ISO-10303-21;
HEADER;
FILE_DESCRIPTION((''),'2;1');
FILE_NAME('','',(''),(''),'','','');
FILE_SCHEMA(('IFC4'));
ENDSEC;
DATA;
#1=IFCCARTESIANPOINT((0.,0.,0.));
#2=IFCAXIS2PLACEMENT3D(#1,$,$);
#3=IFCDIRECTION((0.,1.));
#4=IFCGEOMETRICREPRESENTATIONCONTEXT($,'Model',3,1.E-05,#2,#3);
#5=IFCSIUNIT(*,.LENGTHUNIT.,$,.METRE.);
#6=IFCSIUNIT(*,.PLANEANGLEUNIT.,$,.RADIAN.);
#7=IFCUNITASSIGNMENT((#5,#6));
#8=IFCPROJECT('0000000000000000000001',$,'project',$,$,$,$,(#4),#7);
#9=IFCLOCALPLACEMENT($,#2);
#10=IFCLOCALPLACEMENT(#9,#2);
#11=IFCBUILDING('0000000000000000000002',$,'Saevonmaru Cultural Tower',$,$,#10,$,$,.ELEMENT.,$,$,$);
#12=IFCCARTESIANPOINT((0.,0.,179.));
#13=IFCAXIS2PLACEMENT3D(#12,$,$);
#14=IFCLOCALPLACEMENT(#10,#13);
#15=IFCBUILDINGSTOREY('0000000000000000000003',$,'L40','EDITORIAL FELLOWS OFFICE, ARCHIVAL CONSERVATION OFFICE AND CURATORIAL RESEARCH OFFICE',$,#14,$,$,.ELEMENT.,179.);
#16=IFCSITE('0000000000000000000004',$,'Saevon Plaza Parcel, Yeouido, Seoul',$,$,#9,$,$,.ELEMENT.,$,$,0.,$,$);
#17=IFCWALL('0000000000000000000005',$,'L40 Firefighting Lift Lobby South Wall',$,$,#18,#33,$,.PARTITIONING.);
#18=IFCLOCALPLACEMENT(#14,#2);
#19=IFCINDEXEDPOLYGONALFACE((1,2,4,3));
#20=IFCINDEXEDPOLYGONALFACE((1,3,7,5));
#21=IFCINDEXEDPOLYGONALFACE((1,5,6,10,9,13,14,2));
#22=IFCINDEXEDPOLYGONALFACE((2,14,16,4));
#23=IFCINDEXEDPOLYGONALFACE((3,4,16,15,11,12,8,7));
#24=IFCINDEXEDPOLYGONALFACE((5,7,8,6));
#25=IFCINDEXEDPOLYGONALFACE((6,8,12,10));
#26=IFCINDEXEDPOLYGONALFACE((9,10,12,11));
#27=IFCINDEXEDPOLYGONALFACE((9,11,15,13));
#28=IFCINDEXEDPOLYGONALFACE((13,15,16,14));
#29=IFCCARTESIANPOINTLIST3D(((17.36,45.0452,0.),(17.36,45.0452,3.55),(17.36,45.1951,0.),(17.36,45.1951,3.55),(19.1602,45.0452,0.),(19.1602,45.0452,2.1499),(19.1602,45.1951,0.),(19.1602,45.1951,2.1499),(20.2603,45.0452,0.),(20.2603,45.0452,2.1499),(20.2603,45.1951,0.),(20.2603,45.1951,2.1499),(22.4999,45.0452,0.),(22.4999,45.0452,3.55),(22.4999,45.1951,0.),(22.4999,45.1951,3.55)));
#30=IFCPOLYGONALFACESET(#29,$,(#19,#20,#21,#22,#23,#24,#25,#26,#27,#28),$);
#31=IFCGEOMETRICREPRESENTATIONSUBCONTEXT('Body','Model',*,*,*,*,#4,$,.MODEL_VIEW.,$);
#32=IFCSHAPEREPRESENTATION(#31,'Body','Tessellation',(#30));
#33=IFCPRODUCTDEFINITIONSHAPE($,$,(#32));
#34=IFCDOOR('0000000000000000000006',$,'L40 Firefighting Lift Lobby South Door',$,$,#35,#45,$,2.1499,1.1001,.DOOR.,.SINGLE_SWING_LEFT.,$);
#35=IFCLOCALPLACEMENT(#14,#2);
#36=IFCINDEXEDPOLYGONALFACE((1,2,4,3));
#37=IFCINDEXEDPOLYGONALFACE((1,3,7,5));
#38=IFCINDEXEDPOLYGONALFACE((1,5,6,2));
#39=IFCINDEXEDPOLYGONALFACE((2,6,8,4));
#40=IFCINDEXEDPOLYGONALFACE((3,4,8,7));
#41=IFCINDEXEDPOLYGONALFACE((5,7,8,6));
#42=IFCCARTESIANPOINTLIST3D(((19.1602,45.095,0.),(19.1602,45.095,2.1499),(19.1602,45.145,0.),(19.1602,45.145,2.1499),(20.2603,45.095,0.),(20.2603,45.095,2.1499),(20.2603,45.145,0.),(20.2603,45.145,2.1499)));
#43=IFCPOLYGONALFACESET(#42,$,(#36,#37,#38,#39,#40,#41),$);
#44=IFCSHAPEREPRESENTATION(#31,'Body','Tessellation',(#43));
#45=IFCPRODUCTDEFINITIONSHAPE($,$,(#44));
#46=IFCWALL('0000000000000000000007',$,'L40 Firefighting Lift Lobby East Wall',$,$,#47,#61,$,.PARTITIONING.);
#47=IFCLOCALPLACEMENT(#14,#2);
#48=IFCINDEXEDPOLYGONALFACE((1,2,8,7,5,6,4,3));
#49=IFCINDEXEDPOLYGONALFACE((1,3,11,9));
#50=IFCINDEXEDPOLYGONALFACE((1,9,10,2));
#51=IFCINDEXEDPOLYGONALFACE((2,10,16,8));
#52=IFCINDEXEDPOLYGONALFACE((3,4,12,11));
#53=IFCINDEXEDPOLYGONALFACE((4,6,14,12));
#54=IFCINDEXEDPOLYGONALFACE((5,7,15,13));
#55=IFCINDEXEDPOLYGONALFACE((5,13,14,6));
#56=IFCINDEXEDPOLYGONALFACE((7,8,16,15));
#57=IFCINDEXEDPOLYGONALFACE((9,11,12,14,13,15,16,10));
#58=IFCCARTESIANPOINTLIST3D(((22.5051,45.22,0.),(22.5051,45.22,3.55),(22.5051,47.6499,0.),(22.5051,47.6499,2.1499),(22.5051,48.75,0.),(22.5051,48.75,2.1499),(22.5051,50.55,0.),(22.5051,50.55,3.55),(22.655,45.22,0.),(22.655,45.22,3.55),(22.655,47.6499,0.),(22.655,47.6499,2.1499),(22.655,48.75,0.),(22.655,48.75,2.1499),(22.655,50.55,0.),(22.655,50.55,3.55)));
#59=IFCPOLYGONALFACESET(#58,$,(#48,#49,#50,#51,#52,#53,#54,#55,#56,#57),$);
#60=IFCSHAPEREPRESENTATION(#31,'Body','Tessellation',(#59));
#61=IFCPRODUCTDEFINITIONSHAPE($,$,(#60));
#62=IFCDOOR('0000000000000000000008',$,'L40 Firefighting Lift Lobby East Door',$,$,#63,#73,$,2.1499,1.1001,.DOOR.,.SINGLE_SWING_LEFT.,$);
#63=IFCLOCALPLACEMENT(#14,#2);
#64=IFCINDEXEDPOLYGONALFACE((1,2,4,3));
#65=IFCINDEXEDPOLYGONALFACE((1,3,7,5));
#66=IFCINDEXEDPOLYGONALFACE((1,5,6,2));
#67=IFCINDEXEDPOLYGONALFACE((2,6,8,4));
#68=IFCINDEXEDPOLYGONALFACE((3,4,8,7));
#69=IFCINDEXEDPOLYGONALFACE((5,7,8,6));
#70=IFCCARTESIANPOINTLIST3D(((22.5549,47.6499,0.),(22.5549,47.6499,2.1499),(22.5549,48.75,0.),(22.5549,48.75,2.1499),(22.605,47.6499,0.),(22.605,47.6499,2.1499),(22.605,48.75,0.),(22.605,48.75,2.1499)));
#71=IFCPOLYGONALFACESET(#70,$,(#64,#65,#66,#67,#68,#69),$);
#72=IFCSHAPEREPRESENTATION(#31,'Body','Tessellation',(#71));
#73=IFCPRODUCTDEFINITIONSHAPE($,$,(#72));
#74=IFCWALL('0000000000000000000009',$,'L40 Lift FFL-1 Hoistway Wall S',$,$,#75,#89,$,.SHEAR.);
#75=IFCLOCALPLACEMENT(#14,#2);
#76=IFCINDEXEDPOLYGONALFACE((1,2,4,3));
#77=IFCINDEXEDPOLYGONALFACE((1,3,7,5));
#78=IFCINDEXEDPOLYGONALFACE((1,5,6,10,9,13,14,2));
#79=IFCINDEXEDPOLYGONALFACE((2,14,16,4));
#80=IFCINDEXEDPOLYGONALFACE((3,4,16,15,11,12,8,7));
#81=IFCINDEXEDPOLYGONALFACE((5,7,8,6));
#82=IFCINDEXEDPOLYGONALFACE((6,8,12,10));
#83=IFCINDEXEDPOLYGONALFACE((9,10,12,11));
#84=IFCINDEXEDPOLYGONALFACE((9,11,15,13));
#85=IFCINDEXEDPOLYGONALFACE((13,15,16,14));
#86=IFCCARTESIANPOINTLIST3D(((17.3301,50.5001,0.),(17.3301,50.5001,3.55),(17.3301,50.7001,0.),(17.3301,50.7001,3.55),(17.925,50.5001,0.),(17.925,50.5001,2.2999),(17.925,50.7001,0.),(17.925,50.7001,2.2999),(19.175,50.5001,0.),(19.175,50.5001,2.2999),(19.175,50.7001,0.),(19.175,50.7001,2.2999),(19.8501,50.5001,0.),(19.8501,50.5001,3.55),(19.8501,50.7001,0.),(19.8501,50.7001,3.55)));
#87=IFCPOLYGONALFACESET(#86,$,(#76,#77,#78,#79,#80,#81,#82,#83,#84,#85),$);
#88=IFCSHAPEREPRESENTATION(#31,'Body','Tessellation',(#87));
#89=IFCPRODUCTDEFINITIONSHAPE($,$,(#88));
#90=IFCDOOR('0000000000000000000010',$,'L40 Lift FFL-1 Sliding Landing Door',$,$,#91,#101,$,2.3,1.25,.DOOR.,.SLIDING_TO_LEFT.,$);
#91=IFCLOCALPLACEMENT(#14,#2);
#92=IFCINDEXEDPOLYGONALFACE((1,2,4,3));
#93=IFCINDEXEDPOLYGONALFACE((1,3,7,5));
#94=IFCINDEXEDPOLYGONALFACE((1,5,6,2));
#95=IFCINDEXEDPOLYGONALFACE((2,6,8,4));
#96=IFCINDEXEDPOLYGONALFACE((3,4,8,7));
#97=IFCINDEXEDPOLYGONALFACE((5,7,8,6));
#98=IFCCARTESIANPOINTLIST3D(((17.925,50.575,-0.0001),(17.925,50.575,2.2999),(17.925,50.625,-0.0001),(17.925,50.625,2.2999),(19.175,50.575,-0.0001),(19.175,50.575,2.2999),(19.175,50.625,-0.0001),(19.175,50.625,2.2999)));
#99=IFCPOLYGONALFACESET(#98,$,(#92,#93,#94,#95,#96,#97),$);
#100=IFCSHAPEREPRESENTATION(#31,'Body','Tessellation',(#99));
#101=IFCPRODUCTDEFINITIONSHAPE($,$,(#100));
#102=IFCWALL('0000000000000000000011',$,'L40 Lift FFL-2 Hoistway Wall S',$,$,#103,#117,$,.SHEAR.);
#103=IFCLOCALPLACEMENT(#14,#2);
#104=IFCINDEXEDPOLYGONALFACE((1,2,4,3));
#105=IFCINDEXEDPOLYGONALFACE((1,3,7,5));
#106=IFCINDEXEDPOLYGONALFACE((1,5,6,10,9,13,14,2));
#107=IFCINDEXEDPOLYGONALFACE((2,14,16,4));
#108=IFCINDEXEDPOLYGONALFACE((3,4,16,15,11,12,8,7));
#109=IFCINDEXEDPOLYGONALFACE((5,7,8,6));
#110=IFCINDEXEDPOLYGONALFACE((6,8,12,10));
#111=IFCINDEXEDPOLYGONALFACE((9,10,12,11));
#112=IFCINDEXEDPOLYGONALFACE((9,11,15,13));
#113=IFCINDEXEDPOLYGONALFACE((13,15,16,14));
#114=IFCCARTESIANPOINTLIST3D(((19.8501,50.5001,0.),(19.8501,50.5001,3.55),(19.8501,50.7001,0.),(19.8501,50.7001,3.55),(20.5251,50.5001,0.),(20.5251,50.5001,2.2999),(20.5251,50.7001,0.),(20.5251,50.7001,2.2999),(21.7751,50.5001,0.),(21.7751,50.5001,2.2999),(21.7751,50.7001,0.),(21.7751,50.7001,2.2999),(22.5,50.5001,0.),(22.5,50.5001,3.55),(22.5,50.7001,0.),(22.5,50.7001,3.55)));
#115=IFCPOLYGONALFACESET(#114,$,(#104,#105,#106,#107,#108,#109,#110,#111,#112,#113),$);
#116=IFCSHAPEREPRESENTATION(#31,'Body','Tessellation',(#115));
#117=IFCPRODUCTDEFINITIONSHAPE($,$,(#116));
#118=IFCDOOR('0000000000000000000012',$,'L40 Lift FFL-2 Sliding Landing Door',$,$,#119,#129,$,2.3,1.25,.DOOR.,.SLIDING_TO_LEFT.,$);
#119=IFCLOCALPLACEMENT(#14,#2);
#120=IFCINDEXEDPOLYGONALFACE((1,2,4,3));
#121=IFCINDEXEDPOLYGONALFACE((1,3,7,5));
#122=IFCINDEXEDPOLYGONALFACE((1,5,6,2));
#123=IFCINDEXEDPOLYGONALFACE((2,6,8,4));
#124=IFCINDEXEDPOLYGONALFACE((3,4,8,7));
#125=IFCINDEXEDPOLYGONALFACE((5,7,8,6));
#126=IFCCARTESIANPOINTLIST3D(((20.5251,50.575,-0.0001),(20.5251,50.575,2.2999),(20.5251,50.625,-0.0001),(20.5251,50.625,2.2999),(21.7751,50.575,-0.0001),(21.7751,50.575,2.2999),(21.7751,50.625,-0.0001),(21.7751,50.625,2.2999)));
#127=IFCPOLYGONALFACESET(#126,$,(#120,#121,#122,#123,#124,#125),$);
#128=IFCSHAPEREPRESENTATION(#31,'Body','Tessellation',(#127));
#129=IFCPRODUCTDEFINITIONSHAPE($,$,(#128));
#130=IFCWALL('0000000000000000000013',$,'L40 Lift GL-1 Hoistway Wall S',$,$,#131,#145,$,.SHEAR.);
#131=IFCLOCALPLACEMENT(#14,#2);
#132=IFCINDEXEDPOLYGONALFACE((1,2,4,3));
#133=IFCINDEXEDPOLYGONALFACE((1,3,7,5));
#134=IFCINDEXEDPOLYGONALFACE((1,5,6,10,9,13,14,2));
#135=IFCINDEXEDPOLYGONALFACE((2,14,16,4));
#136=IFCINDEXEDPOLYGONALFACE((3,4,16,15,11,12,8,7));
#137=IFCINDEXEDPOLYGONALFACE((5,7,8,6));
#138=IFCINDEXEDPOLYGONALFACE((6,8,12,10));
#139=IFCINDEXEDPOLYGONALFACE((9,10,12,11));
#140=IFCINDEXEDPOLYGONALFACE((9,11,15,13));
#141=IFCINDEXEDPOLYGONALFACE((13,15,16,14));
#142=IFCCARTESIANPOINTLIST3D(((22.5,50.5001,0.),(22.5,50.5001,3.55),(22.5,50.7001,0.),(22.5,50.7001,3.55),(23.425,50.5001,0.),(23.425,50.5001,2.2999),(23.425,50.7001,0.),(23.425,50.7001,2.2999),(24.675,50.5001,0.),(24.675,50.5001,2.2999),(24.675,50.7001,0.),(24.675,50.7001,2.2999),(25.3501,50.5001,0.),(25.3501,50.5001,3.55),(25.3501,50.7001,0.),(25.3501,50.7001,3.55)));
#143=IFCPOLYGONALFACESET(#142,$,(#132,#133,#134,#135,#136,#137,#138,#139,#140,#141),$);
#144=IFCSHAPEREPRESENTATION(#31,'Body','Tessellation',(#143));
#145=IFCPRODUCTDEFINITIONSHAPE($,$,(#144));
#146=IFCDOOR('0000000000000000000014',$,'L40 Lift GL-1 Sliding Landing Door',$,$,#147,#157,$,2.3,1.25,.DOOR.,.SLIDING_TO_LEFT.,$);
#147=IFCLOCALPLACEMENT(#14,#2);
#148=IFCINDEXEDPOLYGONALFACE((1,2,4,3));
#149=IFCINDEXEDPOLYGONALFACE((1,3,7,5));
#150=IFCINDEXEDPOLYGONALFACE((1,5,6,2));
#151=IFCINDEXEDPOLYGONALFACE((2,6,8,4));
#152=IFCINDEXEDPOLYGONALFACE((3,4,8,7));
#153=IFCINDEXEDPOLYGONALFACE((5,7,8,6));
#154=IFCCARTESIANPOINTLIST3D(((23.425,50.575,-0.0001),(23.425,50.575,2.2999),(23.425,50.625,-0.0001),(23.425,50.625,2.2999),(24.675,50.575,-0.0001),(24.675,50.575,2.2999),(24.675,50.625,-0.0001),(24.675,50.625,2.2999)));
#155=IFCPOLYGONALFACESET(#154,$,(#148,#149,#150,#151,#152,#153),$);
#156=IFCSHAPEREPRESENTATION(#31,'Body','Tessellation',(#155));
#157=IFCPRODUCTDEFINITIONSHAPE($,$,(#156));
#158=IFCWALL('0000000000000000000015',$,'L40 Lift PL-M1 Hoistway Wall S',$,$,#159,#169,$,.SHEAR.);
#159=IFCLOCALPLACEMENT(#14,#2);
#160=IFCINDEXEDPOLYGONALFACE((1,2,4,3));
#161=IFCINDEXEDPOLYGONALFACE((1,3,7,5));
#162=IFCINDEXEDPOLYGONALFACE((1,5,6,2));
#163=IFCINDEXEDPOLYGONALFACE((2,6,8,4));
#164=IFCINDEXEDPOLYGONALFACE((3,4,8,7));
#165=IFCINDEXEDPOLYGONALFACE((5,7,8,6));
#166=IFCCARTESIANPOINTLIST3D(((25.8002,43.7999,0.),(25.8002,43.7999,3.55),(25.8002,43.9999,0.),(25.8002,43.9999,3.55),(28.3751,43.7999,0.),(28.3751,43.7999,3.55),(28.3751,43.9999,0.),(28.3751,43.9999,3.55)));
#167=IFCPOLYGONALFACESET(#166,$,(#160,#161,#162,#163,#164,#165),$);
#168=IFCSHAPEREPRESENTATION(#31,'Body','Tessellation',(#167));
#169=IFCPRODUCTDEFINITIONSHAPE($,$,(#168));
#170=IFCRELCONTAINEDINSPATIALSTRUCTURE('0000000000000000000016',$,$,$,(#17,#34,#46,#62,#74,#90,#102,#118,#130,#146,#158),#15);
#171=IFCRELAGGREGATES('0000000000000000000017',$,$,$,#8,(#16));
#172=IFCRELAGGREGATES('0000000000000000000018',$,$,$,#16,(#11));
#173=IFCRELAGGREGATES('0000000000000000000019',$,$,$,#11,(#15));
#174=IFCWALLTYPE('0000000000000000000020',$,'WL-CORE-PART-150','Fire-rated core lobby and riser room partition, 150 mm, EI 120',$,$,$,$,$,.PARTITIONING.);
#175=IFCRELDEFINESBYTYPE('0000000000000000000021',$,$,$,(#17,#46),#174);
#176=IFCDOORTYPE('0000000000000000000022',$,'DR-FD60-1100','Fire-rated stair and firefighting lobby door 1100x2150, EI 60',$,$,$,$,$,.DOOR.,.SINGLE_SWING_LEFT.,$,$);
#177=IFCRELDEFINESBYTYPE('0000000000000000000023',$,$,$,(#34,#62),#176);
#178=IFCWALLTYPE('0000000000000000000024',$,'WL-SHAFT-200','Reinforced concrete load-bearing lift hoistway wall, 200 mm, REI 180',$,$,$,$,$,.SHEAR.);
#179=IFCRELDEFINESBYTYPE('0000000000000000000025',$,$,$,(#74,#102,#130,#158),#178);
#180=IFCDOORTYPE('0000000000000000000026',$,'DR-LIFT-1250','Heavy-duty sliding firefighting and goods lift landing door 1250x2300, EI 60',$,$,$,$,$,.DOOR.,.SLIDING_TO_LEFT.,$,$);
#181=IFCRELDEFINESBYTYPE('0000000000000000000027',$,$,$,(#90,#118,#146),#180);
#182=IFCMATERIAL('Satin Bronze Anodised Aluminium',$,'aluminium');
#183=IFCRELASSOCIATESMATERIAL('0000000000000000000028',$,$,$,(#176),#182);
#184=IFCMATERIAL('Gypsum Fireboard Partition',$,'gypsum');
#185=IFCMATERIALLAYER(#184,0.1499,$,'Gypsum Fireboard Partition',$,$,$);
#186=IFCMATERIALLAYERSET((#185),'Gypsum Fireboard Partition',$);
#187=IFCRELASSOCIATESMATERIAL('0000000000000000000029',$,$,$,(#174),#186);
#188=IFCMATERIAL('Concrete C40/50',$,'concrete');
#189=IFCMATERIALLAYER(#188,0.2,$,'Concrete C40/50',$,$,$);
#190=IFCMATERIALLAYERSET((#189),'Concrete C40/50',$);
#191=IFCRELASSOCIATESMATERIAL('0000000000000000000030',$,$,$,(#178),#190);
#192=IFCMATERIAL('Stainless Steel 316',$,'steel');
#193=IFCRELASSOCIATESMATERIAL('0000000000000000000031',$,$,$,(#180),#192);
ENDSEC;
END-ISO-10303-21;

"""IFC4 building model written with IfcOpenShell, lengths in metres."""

from ifc_helpers import new_model, si_unit, direction, frame, frame_2d, origin, place, context, subcontext, project, spatial, rectangle, extrude, material, layer, layer_set, type_object, element, fill, save


model = new_model("IFC4")

# Units and contexts
model_context = context("Model", 3, precision=1e-05, world=origin(), true_north=direction((0.0, 1.0)))
body_context = subcontext(model_context, "Body", "Model", "MODEL_VIEW")
ifc_project = project(units=[si_unit("LENGTHUNIT", "METRE"), si_unit("PLANEANGLEUNIT", "RADIAN")], contexts=[model_context])

# Site, building, storey
site_placement = place(None, origin())
site = spatial("IfcSite", under=ifc_project, at=site_placement, Name="Saevon Plaza Parcel, Yeouido, Seoul", CompositionType="ELEMENT", RefElevation=0.0)
building_placement = place(site_placement, origin())
building = spatial("IfcBuilding", under=site, at=building_placement, Name="Saevonmaru Cultural Tower", CompositionType="ELEMENT")
storey_placement = place(building_placement, frame((0.0, 0.0, 179.0)))
storey = spatial("IfcBuildingStorey", under=building, at=storey_placement, Name="L40", Description="EDITORIAL FELLOWS OFFICE, ARCHIVAL CONSERVATION OFFICE AND CURATORIAL RESEARCH OFFICE", CompositionType="ELEMENT", Elevation=179.0)

# Shared definitions
ifc_material_1 = material(Name="Satin Bronze Anodised Aluminium", Category="aluminium")
door_type_1 = type_object("IfcDoorType", Name="DR-FD60-1100", Description="Fire-rated stair and firefighting lobby door 1100x2150, EI 60", OperationType="SINGLE_SWING_LEFT", PredefinedType="DOOR", material=ifc_material_1)

# Walls, openings, doors
ifc_material_2 = material(Name="Gypsum Fireboard Partition", Category="gypsum")
ifc_layer_1 = layer(ifc_material_2, 0.1499, Name="Gypsum Fireboard Partition")
ifc_layer_set_1 = layer_set([ifc_layer_1], Name="Gypsum Fireboard Partition")
wall_type_1 = type_object("IfcWallType", Name="WL-CORE-PART-150", Description="Fire-rated core lobby and riser room partition, 150 mm, EI 120", PredefinedType="PARTITIONING", material=ifc_layer_set_1)
wall_1_placement = place(storey_placement, frame((17.3601, 45.1201, 0.0), z_axis=(0.0, 0.0, 1.0), x_axis=(1.0, 0.0, 0.0)))
wall_1 = element("IfcWall", 1, at=wall_1_placement, inside=storey, type_object=wall_type_1, Name="L40 Firefighting Lift Lobby South Wall", PredefinedType="PARTITIONING", context=body_context, shape_type="SweptSolid", body=[
    extrude(rectangle(XDim=5.1399, YDim=0.1499, at=frame_2d((2.5698, 0.0))), origin(), (0.0, 0.0, 1.0), 3.55),
])
opening_1_placement = place(wall_1_placement, frame((1.8, 0.0, 0.0)))
opening_1 = element("IfcOpeningElement", 2, at=opening_1_placement, cuts=wall_1, PredefinedType="OPENING", context=body_context, shape_type="SweptSolid", body=[
    extrude(rectangle(XDim=1.1001, YDim=2.1499, at=frame_2d((0.55, 1.075))), frame((0.0, 0.085, 0.0), z_axis=(0.0, -1.0, 0.0), x_axis=(1.0, 0.0, 0.0)), (0.0, 0.0, 1.0), 0.1699),
])
door_1_placement = place(opening_1_placement, origin())
door_1 = element("IfcDoor", 3, at=door_1_placement, inside=storey, type_object=door_type_1, Name="L40 Firefighting Lift Lobby South Door", OperationType="SINGLE_SWING_LEFT", OverallHeight=2.1499, OverallWidth=1.1001, PredefinedType="DOOR", context=body_context, shape_type="SweptSolid", body=[
    extrude(rectangle(XDim=1.1001, YDim=2.1499, at=frame_2d((0.55, 1.075))), frame((0.0, 0.0249, 0.0), z_axis=(0.0, -1.0, 0.0), x_axis=(1.0, 0.0, 0.0)), (0.0, 0.0, 1.0), 0.05),
])
fill(opening_1, door_1)
wall_2_placement = place(storey_placement, frame((22.5801, 50.55, 0.0), z_axis=(0.0, 0.0, 1.0), x_axis=(0.0, -1.0, 0.0)))
wall_2 = element("IfcWall", 4, at=wall_2_placement, inside=storey, type_object=wall_type_1, Name="L40 Firefighting Lift Lobby East Wall", PredefinedType="PARTITIONING", context=body_context, shape_type="SweptSolid", body=[
    extrude(rectangle(XDim=5.3301, YDim=0.1499, at=frame_2d((2.665, 0.0))), origin(), (0.0, 0.0, 1.0), 3.55),
])
opening_2_placement = place(wall_2_placement, frame((1.8, 0.0, 0.0)))
opening_2 = element("IfcOpeningElement", 5, at=opening_2_placement, cuts=wall_2, PredefinedType="OPENING", context=body_context, shape_type="SweptSolid", body=[
    extrude(rectangle(XDim=1.1001, YDim=2.1499, at=frame_2d((0.55, 1.075))), frame((0.0, 0.085, 0.0), z_axis=(0.0, -1.0, 0.0), x_axis=(1.0, 0.0, 0.0)), (0.0, 0.0, 1.0), 0.1699),
])
door_2_placement = place(opening_2_placement, origin())
door_2 = element("IfcDoor", 6, at=door_2_placement, inside=storey, type_object=door_type_1, Name="L40 Firefighting Lift Lobby East Door", OperationType="SINGLE_SWING_LEFT", OverallHeight=2.1499, OverallWidth=1.1001, PredefinedType="DOOR", context=body_context, shape_type="SweptSolid", body=[
    extrude(rectangle(XDim=1.1001, YDim=2.1499, at=frame_2d((0.55, 1.075))), frame((0.0, 0.0249, 0.0), z_axis=(0.0, -1.0, 0.0), x_axis=(1.0, 0.0, 0.0)), (0.0, 0.0, 1.0), 0.05),
])
fill(opening_2, door_2)
ifc_material_3 = material(Name="Concrete C40/50", Category="concrete")
ifc_layer_2 = layer(ifc_material_3, 0.2, Name="Concrete C40/50")
ifc_layer_set_2 = layer_set([ifc_layer_2], Name="Concrete C40/50")
wall_type_2 = type_object("IfcWallType", Name="WL-SHAFT-200", Description="Reinforced concrete load-bearing lift hoistway wall, 200 mm, REI 180", PredefinedType="SHEAR", material=ifc_layer_set_2)
wall_3_placement = place(storey_placement, frame((17.3301, 50.6001, 0.0), z_axis=(0.0, 0.0, 1.0), x_axis=(1.0, 0.0, 0.0)))
wall_3 = element("IfcWall", 7, at=wall_3_placement, inside=storey, type_object=wall_type_2, Name="L40 Lift FFL-1 Hoistway Wall S", PredefinedType="SHEAR", context=body_context, shape_type="SweptSolid", body=[
    extrude(rectangle(XDim=2.52, YDim=0.2, at=frame_2d((1.26, 0.0))), origin(), (0.0, 0.0, 1.0), 3.55),
])
opening_3_placement = place(wall_3_placement, frame((0.595, 0.0, 0.0)))
opening_3 = element("IfcOpeningElement", 8, at=opening_3_placement, cuts=wall_3, PredefinedType="OPENING", context=body_context, shape_type="SweptSolid", body=[
    extrude(rectangle(XDim=1.25, YDim=2.3, at=frame_2d((0.625, 1.1499))), frame((0.0, 0.1099, 0.0), z_axis=(0.0, -1.0, 0.0), x_axis=(1.0, 0.0, 0.0)), (0.0, 0.0, 1.0), 0.22),
])
ifc_material_4 = material(Name="Stainless Steel 316", Category="steel")
door_type_2 = type_object("IfcDoorType", Name="DR-LIFT-1250", Description="Heavy-duty sliding firefighting and goods lift landing door 1250x2300, EI 60", OperationType="SLIDING_TO_LEFT", PredefinedType="DOOR", material=ifc_material_4)
door_3_placement = place(opening_3_placement, origin())
door_3 = element("IfcDoor", 9, at=door_3_placement, inside=storey, type_object=door_type_2, Name="L40 Lift FFL-1 Sliding Landing Door", OperationType="SLIDING_TO_LEFT", OverallHeight=2.3, OverallWidth=1.25, PredefinedType="DOOR", context=body_context, shape_type="SweptSolid", body=[
    extrude(rectangle(XDim=1.25, YDim=2.3, at=frame_2d((0.625, 1.1499))), frame((0.0, 0.0249, 0.0), z_axis=(0.0, -1.0, 0.0), x_axis=(1.0, 0.0, 0.0)), (0.0, 0.0, 1.0), 0.05),
])
fill(opening_3, door_3)
wall_4_placement = place(storey_placement, frame((19.8501, 50.6001, 0.0), z_axis=(0.0, 0.0, 1.0), x_axis=(1.0, 0.0, 0.0)))
wall_4 = element("IfcWall", 10, at=wall_4_placement, inside=storey, type_object=wall_type_2, Name="L40 Lift FFL-2 Hoistway Wall S", PredefinedType="SHEAR", context=body_context, shape_type="SweptSolid", body=[
    extrude(rectangle(XDim=2.6499, YDim=0.2, at=frame_2d((1.325, 0.0))), origin(), (0.0, 0.0, 1.0), 3.55),
])
opening_4_placement = place(wall_4_placement, frame((0.675, 0.0, 0.0)))
opening_4 = element("IfcOpeningElement", 11, at=opening_4_placement, cuts=wall_4, PredefinedType="OPENING", context=body_context, shape_type="SweptSolid", body=[
    extrude(rectangle(XDim=1.25, YDim=2.3, at=frame_2d((0.625, 1.1499))), frame((0.0, 0.1099, 0.0), z_axis=(0.0, -1.0, 0.0), x_axis=(1.0, 0.0, 0.0)), (0.0, 0.0, 1.0), 0.22),
])
door_4_placement = place(opening_4_placement, origin())
door_4 = element("IfcDoor", 12, at=door_4_placement, inside=storey, type_object=door_type_2, Name="L40 Lift FFL-2 Sliding Landing Door", OperationType="SLIDING_TO_LEFT", OverallHeight=2.3, OverallWidth=1.25, PredefinedType="DOOR", context=body_context, shape_type="SweptSolid", body=[
    extrude(rectangle(XDim=1.25, YDim=2.3, at=frame_2d((0.625, 1.1499))), frame((0.0, 0.0249, 0.0), z_axis=(0.0, -1.0, 0.0), x_axis=(1.0, 0.0, 0.0)), (0.0, 0.0, 1.0), 0.05),
])
fill(opening_4, door_4)
wall_5_placement = place(storey_placement, frame((22.5, 50.6001, 0.0), z_axis=(0.0, 0.0, 1.0), x_axis=(1.0, 0.0, 0.0)))
wall_5 = element("IfcWall", 13, at=wall_5_placement, inside=storey, type_object=wall_type_2, Name="L40 Lift GL-1 Hoistway Wall S", PredefinedType="SHEAR", context=body_context, shape_type="SweptSolid", body=[
    extrude(rectangle(XDim=2.8501, YDim=0.2, at=frame_2d((1.425, 0.0))), origin(), (0.0, 0.0, 1.0), 3.55),
])
opening_5_placement = place(wall_5_placement, frame((0.925, 0.0, 0.0)))
opening_5 = element("IfcOpeningElement", 14, at=opening_5_placement, cuts=wall_5, PredefinedType="OPENING", context=body_context, shape_type="SweptSolid", body=[
    extrude(rectangle(XDim=1.25, YDim=2.3, at=frame_2d((0.625, 1.1499))), frame((0.0, 0.1099, 0.0), z_axis=(0.0, -1.0, 0.0), x_axis=(1.0, 0.0, 0.0)), (0.0, 0.0, 1.0), 0.22),
])
door_5_placement = place(opening_5_placement, origin())
door_5 = element("IfcDoor", 15, at=door_5_placement, inside=storey, type_object=door_type_2, Name="L40 Lift GL-1 Sliding Landing Door", OperationType="SLIDING_TO_LEFT", OverallHeight=2.3, OverallWidth=1.25, PredefinedType="DOOR", context=body_context, shape_type="SweptSolid", body=[
    extrude(rectangle(XDim=1.25, YDim=2.3, at=frame_2d((0.625, 1.1499))), frame((0.0, 0.0249, 0.0), z_axis=(0.0, -1.0, 0.0), x_axis=(1.0, 0.0, 0.0)), (0.0, 0.0, 1.0), 0.05),
])
fill(opening_5, door_5)

# Wall
wall_6_placement = place(storey_placement, frame((25.8, 43.8999, 0.0), z_axis=(0.0, 0.0, 1.0), x_axis=(1.0, 0.0, 0.0)))
element("IfcWall", 16, at=wall_6_placement, inside=storey, type_object=wall_type_2, Name="L40 Lift PL-M1 Hoistway Wall S", PredefinedType="SHEAR", context=body_context, shape_type="SweptSolid", body=[
    extrude(rectangle(XDim=2.575, YDim=0.2, at=frame_2d((1.2876, 0.0))), origin(), (0.0, 0.0, 1.0), 3.55),
])

save(model, "model.ifc")
